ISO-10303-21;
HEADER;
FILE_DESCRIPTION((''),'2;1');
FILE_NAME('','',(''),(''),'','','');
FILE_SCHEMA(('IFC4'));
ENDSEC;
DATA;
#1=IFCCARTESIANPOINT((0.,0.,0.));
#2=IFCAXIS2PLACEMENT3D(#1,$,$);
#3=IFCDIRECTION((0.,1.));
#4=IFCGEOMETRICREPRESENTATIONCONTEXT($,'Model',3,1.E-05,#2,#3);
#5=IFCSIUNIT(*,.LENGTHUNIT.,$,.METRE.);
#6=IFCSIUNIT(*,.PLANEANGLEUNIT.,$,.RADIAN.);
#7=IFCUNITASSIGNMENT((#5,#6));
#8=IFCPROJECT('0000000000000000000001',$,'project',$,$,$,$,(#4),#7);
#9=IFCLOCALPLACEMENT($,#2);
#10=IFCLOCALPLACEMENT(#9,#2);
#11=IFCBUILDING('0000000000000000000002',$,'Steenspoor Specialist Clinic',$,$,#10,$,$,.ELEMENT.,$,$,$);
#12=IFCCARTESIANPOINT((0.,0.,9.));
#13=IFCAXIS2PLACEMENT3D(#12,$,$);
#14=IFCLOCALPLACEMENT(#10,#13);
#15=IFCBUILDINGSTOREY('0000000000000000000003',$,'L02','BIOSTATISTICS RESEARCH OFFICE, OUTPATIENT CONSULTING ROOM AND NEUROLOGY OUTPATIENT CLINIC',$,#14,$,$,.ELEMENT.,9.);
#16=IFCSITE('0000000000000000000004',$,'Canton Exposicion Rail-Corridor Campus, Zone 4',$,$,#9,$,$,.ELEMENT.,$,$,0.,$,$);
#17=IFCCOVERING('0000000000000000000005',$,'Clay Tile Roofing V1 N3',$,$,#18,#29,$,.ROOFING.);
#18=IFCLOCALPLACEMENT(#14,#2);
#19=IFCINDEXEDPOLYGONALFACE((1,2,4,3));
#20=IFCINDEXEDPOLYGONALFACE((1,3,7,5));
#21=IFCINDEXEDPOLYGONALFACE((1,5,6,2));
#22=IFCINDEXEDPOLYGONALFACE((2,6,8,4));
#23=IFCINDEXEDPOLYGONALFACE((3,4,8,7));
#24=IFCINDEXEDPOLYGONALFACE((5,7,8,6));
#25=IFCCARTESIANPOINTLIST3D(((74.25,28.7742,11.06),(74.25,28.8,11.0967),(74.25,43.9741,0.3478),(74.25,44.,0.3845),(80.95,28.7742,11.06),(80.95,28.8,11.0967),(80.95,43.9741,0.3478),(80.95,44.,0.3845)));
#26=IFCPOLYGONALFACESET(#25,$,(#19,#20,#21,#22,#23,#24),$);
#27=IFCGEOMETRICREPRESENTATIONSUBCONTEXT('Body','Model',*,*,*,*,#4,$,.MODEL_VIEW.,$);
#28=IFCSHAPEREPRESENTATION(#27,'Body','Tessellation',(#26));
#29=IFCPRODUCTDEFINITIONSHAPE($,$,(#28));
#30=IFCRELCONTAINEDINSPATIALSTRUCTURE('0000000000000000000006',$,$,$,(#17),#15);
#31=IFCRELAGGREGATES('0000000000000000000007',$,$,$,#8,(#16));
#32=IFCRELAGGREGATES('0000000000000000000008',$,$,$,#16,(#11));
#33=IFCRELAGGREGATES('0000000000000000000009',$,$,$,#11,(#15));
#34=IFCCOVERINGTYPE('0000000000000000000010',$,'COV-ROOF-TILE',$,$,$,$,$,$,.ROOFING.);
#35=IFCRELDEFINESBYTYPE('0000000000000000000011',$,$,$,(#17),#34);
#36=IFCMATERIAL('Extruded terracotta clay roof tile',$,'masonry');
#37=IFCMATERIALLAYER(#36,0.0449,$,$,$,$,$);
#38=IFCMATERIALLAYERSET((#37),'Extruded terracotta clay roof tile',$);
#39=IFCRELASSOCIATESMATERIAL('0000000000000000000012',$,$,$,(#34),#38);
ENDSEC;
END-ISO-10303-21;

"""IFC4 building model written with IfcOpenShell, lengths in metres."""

from ifc_helpers import new_model, si_unit, direction, frame, origin, place, context, subcontext, project, spatial, polyline, outline, extrude, material, layer, layer_set, type_object, element, save


model = new_model("IFC4")

# Units and contexts
model_context = context("Model", 3, precision=1e-05, world=origin(), true_north=direction((0.0, 1.0)))
body_context = subcontext(model_context, "Body", "Model", "MODEL_VIEW")
ifc_project = project(units=[si_unit("LENGTHUNIT", "METRE"), si_unit("PLANEANGLEUNIT", "RADIAN")], contexts=[model_context])

# Site, building, storey
site_placement = place(None, origin())
site = spatial("IfcSite", under=ifc_project, at=site_placement, Name="Canton Exposicion Rail-Corridor Campus, Zone 4", CompositionType="ELEMENT", RefElevation=0.0)
building_placement = place(site_placement, origin())
building = spatial("IfcBuilding", under=site, at=building_placement, Name="Steenspoor Specialist Clinic", CompositionType="ELEMENT")
storey_placement = place(building_placement, frame((0.0, 0.0, 9.0)))
storey = spatial("IfcBuildingStorey", under=building, at=storey_placement, Name="L02", Description="BIOSTATISTICS RESEARCH OFFICE, OUTPATIENT CONSULTING ROOM AND NEUROLOGY OUTPATIENT CLINIC", CompositionType="ELEMENT", Elevation=9.0)

# Shared definitions
ifc_material_1 = material(Name="Extruded terracotta clay roof tile", Category="masonry")

# Covering
ifc_layer_1 = layer(ifc_material_1, 0.0449)
ifc_layer_set_1 = layer_set([ifc_layer_1], Name="Extruded terracotta clay roof tile")
covering_type = type_object("IfcCoveringType", Name="COV-ROOF-TILE", PredefinedType="ROOFING", material=ifc_layer_set_1)
covering_1_placement = place(storey_placement, frame((74.25, 44.0, 0.3845), z_axis=(0.0, 0.576065, 0.817404), x_axis=(0.0, -0.817404, 0.576065)))
element("IfcCovering", 1, at=covering_1_placement, inside=storey, type_object=covering_type, Name="Clay Tile Roofing V1 N3", PredefinedType="ROOFING", context=body_context, shape_type="SweptSolid", body=[
    extrude(outline(polyline([(0.0, 0.0), (18.5954, 0.0), (18.5954, 6.7), (0.0, 6.7), (0.0, 0.0)])), origin(), (0.0, 0.0, -1.0), 0.0449),
])

save(model, "model.ifc")
